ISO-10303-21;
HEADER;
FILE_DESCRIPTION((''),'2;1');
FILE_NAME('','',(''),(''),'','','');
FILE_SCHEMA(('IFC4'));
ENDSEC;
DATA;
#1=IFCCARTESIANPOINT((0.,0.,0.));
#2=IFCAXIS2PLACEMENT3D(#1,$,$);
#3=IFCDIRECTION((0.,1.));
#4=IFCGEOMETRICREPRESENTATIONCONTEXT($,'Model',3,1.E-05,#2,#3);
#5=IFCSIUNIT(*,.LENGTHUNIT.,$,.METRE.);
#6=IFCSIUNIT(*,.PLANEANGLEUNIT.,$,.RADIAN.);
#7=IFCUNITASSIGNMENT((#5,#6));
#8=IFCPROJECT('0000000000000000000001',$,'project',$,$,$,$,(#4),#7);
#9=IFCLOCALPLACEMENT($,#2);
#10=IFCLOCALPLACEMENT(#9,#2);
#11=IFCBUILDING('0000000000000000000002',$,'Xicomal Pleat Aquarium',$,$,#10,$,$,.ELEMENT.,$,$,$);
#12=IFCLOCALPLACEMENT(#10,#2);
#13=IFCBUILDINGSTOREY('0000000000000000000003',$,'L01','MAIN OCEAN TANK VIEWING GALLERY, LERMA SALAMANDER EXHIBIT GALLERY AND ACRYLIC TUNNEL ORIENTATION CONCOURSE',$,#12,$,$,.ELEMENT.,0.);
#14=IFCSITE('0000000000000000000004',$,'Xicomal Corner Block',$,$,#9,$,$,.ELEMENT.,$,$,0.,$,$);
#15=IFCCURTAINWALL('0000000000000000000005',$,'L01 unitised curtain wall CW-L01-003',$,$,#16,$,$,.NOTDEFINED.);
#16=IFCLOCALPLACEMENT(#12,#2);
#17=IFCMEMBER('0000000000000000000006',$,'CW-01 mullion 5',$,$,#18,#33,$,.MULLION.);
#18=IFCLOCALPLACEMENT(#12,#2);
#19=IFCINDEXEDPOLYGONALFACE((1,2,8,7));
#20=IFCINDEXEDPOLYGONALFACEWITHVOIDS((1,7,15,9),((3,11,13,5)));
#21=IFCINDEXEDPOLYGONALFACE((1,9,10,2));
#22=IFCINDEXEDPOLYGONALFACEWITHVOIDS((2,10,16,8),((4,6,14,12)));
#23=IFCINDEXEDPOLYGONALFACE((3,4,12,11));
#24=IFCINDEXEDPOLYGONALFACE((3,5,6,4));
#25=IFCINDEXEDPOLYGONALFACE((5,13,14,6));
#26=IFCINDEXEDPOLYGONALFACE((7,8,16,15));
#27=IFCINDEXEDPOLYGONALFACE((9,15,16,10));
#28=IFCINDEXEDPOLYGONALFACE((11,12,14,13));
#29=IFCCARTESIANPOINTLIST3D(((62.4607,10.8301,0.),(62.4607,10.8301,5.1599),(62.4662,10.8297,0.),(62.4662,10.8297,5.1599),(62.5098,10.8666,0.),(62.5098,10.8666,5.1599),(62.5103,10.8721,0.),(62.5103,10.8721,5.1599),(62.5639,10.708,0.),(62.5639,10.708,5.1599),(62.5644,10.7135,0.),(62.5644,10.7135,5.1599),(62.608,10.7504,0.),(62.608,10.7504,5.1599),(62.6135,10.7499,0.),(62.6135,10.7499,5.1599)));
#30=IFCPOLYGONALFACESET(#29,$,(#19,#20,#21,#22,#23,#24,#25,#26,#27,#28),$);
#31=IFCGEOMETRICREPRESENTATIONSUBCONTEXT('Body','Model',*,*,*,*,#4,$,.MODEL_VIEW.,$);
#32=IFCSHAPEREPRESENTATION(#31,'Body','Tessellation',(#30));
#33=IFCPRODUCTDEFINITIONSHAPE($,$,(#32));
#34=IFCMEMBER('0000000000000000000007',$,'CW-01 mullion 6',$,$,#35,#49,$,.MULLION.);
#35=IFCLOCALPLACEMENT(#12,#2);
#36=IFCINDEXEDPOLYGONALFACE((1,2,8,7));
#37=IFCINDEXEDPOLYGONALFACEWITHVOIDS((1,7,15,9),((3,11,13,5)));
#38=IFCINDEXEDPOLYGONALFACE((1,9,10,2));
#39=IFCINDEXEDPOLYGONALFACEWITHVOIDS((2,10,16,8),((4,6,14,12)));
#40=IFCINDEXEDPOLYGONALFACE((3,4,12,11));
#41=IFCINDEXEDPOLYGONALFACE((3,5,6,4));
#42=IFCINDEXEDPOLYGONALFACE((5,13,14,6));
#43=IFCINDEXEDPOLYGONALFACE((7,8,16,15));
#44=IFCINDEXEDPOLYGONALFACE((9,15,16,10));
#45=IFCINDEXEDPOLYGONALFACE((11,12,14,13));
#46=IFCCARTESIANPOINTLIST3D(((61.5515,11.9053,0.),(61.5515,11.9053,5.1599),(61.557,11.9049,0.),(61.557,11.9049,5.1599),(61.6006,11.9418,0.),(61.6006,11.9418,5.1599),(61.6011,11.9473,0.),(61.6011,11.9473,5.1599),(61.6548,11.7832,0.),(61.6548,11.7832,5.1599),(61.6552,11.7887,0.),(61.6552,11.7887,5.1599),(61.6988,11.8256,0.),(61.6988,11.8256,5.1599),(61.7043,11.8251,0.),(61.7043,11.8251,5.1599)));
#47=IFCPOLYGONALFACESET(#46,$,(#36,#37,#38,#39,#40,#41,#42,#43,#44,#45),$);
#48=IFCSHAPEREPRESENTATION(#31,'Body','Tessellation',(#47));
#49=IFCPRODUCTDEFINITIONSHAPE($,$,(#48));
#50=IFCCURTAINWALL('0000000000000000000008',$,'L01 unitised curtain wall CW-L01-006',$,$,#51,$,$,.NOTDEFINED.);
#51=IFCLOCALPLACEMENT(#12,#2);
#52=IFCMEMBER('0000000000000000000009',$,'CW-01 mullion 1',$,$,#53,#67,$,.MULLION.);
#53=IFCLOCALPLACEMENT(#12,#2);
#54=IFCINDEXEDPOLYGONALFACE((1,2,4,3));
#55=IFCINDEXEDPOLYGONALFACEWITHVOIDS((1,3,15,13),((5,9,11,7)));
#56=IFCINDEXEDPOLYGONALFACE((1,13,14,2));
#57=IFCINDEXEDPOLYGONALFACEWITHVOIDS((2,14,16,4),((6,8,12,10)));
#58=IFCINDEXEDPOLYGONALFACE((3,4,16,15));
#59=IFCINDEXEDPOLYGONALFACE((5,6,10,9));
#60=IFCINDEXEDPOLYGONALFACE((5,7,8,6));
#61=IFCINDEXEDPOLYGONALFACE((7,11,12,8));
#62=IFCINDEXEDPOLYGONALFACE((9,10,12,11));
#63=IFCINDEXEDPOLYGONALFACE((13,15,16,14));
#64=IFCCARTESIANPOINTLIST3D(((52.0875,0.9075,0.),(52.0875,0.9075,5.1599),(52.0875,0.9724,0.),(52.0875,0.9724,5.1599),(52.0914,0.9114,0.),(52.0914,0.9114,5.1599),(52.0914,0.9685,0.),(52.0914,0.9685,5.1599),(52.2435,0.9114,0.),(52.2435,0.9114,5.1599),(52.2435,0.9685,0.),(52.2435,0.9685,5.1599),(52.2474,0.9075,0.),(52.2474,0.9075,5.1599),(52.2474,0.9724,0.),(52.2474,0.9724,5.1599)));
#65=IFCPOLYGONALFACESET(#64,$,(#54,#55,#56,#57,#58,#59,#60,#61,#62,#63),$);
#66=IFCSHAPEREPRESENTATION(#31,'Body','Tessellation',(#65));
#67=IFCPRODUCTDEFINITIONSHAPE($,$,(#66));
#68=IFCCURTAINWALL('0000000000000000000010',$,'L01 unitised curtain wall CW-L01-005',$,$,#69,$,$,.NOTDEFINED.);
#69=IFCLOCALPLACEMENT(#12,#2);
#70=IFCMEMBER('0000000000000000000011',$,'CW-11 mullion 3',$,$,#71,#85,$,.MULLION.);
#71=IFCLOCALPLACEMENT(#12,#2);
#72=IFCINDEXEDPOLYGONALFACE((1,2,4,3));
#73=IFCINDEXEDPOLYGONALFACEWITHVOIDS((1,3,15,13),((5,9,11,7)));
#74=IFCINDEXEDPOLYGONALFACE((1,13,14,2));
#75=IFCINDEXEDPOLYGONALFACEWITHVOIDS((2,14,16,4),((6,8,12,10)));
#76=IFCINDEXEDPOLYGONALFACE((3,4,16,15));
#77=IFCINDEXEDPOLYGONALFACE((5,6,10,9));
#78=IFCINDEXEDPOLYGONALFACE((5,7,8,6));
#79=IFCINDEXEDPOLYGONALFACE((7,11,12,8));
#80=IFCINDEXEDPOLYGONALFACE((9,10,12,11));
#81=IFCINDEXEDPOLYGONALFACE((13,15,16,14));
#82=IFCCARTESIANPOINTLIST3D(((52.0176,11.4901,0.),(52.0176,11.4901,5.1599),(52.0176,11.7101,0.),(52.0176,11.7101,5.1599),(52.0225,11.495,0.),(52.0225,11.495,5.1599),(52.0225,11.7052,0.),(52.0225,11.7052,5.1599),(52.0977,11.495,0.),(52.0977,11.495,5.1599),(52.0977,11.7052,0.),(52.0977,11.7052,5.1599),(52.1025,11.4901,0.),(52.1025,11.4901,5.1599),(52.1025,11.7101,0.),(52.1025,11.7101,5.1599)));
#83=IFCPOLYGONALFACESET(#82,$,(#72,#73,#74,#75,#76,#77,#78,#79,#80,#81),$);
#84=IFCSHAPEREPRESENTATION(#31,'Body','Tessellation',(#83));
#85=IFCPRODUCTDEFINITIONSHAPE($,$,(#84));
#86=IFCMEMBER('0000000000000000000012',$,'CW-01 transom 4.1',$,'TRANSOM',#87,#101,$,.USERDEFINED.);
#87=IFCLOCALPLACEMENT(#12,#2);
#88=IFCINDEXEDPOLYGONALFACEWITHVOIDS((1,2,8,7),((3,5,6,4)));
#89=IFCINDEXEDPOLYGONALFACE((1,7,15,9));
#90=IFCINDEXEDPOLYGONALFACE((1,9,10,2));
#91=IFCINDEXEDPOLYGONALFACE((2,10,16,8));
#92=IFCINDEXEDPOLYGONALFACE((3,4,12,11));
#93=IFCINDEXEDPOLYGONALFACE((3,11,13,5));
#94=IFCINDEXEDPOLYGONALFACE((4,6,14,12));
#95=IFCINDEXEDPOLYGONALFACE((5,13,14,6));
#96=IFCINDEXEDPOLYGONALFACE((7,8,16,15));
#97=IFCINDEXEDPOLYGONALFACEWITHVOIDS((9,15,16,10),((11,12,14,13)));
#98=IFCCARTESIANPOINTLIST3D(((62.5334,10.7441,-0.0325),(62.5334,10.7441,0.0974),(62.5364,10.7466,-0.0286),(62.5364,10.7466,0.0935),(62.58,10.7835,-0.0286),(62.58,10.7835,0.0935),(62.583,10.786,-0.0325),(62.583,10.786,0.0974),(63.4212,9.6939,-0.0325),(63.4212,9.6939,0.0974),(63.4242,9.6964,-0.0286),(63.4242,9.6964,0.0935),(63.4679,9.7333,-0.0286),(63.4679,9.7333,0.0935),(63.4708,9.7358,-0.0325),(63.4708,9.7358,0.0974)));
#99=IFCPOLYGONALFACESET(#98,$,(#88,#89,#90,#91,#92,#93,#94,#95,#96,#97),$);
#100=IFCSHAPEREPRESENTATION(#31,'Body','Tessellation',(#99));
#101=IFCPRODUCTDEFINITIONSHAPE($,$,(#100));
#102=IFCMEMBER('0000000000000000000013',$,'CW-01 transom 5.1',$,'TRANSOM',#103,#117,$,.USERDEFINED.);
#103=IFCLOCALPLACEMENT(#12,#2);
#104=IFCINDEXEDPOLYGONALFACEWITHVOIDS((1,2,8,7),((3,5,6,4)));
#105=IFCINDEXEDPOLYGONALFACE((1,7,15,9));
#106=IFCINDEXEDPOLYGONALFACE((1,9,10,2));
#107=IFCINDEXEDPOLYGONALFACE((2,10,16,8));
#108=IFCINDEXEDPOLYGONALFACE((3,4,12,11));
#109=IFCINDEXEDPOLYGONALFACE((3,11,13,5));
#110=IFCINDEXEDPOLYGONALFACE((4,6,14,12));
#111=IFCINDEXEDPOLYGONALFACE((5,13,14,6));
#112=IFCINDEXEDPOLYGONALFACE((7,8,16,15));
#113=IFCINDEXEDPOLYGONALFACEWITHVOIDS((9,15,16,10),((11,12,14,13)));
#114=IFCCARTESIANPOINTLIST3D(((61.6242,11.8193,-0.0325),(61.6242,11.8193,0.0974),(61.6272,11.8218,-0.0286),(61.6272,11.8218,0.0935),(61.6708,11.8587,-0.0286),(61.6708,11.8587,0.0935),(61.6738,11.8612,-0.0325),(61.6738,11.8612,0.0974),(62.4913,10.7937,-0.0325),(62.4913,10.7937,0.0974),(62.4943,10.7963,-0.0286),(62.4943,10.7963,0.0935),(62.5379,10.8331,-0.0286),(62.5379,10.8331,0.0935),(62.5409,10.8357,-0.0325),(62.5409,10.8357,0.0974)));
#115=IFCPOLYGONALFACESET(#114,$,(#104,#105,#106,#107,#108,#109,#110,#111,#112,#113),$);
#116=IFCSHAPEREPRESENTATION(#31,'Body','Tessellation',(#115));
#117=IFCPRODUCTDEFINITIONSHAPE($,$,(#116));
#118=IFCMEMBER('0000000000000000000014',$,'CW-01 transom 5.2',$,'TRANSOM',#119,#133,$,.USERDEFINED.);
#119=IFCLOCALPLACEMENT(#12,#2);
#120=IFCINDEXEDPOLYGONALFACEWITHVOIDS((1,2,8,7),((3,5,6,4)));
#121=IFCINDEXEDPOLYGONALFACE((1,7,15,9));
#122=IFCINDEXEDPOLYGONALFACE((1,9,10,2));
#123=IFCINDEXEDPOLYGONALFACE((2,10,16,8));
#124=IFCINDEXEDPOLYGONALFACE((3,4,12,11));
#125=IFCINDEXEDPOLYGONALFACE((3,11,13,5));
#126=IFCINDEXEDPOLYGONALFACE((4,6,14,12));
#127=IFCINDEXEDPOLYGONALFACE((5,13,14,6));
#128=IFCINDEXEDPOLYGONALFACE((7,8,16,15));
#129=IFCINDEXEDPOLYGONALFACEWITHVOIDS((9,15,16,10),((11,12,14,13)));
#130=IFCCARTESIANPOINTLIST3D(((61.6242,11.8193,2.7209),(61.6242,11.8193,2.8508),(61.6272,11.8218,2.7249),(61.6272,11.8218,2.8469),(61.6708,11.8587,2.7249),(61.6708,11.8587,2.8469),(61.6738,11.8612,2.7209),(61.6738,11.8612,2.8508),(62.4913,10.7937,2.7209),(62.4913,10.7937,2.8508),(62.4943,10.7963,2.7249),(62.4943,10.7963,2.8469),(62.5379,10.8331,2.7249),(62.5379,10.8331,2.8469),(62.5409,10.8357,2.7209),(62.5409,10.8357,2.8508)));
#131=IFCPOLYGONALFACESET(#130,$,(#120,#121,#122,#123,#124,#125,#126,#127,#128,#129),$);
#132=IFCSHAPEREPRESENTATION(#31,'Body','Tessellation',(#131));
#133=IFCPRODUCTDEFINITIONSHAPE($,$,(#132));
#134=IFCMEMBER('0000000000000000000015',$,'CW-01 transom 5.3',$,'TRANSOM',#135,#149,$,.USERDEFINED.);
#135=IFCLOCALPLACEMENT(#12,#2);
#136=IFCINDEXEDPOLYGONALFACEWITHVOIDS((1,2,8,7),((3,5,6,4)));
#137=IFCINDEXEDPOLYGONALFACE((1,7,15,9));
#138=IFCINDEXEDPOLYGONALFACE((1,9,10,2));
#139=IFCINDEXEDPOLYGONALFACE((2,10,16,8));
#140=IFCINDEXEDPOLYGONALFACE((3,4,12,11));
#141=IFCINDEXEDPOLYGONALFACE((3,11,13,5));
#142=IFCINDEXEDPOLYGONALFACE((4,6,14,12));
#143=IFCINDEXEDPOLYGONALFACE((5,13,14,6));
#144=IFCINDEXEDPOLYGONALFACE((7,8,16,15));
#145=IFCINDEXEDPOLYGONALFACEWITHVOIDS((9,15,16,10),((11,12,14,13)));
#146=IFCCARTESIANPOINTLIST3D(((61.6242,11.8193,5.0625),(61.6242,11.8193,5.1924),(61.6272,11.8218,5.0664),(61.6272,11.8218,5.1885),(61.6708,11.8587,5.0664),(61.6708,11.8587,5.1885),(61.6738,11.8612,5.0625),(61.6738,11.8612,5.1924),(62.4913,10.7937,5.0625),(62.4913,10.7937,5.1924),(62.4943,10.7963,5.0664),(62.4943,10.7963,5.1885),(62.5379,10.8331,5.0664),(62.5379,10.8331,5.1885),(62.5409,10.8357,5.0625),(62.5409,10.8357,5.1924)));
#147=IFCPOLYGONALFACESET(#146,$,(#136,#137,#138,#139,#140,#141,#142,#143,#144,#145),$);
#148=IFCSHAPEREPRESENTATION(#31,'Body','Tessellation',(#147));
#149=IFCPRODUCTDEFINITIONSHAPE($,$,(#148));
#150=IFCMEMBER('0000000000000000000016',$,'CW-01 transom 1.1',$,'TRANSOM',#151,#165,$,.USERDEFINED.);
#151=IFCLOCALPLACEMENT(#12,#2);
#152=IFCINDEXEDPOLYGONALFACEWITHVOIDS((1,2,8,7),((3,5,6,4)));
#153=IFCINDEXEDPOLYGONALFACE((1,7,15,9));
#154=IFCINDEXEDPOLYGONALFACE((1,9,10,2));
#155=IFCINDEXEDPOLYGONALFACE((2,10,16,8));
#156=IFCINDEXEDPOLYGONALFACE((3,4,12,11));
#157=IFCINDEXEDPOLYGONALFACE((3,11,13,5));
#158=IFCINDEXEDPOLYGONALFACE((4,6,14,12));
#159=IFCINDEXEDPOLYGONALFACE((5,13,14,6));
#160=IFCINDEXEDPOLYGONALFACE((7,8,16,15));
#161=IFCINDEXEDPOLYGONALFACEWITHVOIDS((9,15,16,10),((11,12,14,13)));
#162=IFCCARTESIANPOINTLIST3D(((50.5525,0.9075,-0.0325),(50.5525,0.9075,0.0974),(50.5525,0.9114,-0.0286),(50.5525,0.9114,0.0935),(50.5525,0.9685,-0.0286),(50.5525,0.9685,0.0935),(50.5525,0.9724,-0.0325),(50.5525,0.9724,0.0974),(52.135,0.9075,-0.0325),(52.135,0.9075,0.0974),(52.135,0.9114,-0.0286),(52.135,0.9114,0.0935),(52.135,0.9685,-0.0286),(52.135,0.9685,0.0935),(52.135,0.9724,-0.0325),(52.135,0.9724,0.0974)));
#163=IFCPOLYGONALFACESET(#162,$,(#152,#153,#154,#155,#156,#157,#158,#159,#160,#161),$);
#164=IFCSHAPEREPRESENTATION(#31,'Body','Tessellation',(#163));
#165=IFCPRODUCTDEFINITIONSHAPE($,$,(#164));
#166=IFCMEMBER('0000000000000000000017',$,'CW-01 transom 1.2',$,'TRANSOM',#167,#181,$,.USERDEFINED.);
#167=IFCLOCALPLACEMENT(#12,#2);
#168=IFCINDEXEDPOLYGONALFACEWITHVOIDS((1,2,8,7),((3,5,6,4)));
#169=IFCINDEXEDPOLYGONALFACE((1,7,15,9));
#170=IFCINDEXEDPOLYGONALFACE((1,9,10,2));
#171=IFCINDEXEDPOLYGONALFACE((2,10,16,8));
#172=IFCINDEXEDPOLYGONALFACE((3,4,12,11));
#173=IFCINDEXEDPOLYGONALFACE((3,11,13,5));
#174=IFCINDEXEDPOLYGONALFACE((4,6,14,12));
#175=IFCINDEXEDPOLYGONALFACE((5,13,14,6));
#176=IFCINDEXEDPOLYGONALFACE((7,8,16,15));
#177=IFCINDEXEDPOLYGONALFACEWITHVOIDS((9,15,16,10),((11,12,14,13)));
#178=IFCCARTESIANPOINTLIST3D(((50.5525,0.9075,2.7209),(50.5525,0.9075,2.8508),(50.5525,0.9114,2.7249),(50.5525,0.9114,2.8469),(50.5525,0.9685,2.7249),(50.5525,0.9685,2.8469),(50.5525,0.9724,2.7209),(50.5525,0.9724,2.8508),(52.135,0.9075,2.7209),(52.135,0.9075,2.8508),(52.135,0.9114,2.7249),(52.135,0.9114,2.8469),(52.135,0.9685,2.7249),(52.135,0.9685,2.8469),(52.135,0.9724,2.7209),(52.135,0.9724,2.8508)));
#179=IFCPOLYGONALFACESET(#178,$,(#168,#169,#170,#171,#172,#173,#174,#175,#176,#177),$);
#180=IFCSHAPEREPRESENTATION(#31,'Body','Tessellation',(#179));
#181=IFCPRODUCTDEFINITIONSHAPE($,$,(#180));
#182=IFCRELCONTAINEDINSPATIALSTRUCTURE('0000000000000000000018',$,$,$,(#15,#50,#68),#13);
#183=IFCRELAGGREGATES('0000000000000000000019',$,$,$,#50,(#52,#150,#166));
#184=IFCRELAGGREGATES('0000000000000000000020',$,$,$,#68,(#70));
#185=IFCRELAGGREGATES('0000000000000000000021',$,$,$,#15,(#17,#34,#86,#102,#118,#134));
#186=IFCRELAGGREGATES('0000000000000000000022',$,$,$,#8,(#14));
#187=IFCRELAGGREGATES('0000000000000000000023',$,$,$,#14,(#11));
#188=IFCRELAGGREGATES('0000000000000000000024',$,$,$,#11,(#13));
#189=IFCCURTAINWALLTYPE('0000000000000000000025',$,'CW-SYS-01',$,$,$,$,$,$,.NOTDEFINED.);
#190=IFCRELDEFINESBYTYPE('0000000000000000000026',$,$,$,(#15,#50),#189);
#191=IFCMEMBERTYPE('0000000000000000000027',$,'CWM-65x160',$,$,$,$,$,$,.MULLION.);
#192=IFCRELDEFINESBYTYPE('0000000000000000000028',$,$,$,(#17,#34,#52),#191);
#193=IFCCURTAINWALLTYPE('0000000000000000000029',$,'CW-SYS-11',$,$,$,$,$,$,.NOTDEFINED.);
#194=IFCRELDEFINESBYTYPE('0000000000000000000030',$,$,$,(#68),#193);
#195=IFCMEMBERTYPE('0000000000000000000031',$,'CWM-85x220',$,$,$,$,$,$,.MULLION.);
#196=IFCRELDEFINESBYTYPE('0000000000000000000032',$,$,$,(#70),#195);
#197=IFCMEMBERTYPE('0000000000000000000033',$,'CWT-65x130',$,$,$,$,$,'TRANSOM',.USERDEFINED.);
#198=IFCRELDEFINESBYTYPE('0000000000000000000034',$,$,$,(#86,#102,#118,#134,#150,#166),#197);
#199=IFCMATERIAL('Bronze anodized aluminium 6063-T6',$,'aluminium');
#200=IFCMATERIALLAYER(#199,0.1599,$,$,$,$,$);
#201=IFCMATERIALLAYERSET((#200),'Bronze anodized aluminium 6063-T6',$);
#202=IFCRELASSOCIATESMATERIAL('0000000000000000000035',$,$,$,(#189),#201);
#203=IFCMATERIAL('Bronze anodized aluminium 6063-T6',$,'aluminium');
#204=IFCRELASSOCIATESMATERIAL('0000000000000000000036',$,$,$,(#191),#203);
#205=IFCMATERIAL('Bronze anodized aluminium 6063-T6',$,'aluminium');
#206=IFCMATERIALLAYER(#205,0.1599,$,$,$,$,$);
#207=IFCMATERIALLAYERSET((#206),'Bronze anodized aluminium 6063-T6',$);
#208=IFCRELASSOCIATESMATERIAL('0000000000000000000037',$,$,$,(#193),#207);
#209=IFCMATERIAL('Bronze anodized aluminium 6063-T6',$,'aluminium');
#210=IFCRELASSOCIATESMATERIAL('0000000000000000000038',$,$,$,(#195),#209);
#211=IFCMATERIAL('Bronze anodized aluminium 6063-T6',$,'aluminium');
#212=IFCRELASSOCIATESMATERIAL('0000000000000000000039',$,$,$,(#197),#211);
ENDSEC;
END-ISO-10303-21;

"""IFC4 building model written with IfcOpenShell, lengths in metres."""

from ifc_helpers import new_model, si_unit, direction, frame, origin, origin_2d, place, context, subcontext, project, spatial, hollow_rectangle, extrude, material, layer, layer_set, material_profile, profile_set, type_object, element, aggregate, save


model = new_model("IFC4")

# Units and contexts
model_context = context("Model", 3, precision=1e-05, world=origin(), true_north=direction((0.0, 1.0)))
body_context = subcontext(model_context, "Body", "Model", "MODEL_VIEW")
ifc_project = project(units=[si_unit("LENGTHUNIT", "METRE"), si_unit("PLANEANGLEUNIT", "RADIAN")], contexts=[model_context])

# Site, building, storey
site_placement = place(None, origin())
site = spatial("IfcSite", under=ifc_project, at=site_placement, Name="Xicomal Corner Block", CompositionType="ELEMENT", RefElevation=0.0)
building_placement = place(site_placement, origin())
building = spatial("IfcBuilding", under=site, at=building_placement, Name="Xicomal Pleat Aquarium", CompositionType="ELEMENT")
storey_placement = place(building_placement, origin())
storey = spatial("IfcBuildingStorey", under=building, at=storey_placement, Name="L01", Description="MAIN OCEAN TANK VIEWING GALLERY, LERMA SALAMANDER EXHIBIT GALLERY AND ACRYLIC TUNNEL ORIENTATION CONCOURSE", CompositionType="ELEMENT", Elevation=0.0)

# Curtain wall, members
ifc_material_1 = material(Name="Bronze anodized aluminium 6063-T6", Category="aluminium")
ifc_layer_1 = layer(ifc_material_1, 0.1599)
ifc_layer_set_1 = layer_set([ifc_layer_1], Name="Bronze anodized aluminium 6063-T6")
curtain_wall_type_1 = type_object("IfcCurtainWallType", Name="CW-SYS-01", PredefinedType="NOTDEFINED", material=ifc_layer_set_1)
curtain_wall_1_placement = place(storey_placement, origin())
curtain_wall_1 = element("IfcCurtainWall", 1, at=curtain_wall_1_placement, inside=storey, type_object=curtain_wall_type_1, Name="L01 unitised curtain wall CW-L01-003", PredefinedType="NOTDEFINED")
ifc_material_2 = material(Name="Bronze anodized aluminium 6063-T6", Category="aluminium")
ifc_material_profile_1 = material_profile(ifc_material_2, hollow_rectangle(XDim=0.0649, YDim=0.1599, WallThickness=0.0039, at=origin_2d()), Name="ALU MULL 65x160")
ifc_profile_set_1 = profile_set([ifc_material_profile_1], Name="Bronze anodized aluminium 6063-T6")
member_type_1 = type_object("IfcMemberType", Name="CWM-65x160", PredefinedType="MULLION", material=ifc_profile_set_1)
member_1_placement = place(storey_placement, frame((62.5371, 10.79, 0.0), z_axis=(0.0, 0.0, 1.0), x_axis=(-0.76365, -0.645631, 0.0)))
member_1 = element("IfcMember", 2, at=member_1_placement, type_object=member_type_1, Name="CW-01 mullion 5", PredefinedType="MULLION", context=body_context, shape_type="SweptSolid", body=[
    extrude(hollow_rectangle(XDim=0.0649, YDim=0.1599, WallThickness=0.0039, at=origin_2d()), origin(), (0.0, 0.0, 1.0), 5.1599),
])
member_2_placement = place(storey_placement, frame((61.6279, 11.8652, 0.0), z_axis=(0.0, 0.0, 1.0), x_axis=(-0.76365, -0.645631, 0.0)))
member_2 = element("IfcMember", 3, at=member_2_placement, type_object=member_type_1, Name="CW-01 mullion 6", PredefinedType="MULLION", context=body_context, shape_type="SweptSolid", body=[
    extrude(hollow_rectangle(XDim=0.0649, YDim=0.1599, WallThickness=0.0039, at=origin_2d()), origin(), (0.0, 0.0, 1.0), 5.1599),
])

# Curtain walls, members
curtain_wall_2_placement = place(storey_placement, origin())
curtain_wall_2 = element("IfcCurtainWall", 4, at=curtain_wall_2_placement, inside=storey, type_object=curtain_wall_type_1, Name="L01 unitised curtain wall CW-L01-006", PredefinedType="NOTDEFINED")
member_3_placement = place(storey_placement, frame((52.1675, 0.9399, 0.0), z_axis=(0.0, 0.0, 1.0), x_axis=(0.0, -1.0, 0.0)))
member_3 = element("IfcMember", 5, at=member_3_placement, type_object=member_type_1, Name="CW-01 mullion 1", PredefinedType="MULLION", context=body_context, shape_type="SweptSolid", body=[
    extrude(hollow_rectangle(XDim=0.0649, YDim=0.1599, WallThickness=0.0039, at=origin_2d()), origin(), (0.0, 0.0, 1.0), 5.1599),
])
ifc_material_3 = material(Name="Bronze anodized aluminium 6063-T6", Category="aluminium")
ifc_layer_2 = layer(ifc_material_3, 0.1599)
ifc_layer_set_2 = layer_set([ifc_layer_2], Name="Bronze anodized aluminium 6063-T6")
curtain_wall_type_2 = type_object("IfcCurtainWallType", Name="CW-SYS-11", PredefinedType="NOTDEFINED", material=ifc_layer_set_2)
curtain_wall_3_placement = place(storey_placement, origin())
curtain_wall_3 = element("IfcCurtainWall", 6, at=curtain_wall_3_placement, inside=storey, type_object=curtain_wall_type_2, Name="L01 unitised curtain wall CW-L01-005", PredefinedType="NOTDEFINED")
ifc_material_4 = material(Name="Bronze anodized aluminium 6063-T6", Category="aluminium")
ifc_material_profile_2 = material_profile(ifc_material_4, hollow_rectangle(XDim=0.085, YDim=0.22, WallThickness=0.0049, at=origin_2d()), Name="ALU MULL 85x220")
ifc_profile_set_2 = profile_set([ifc_material_profile_2], Name="Bronze anodized aluminium 6063-T6")
member_type_2 = type_object("IfcMemberType", Name="CWM-85x220", PredefinedType="MULLION", material=ifc_profile_set_2)
member_4_placement = place(storey_placement, frame((52.0601, 11.6001, 0.0), z_axis=(0.0, 0.0, 1.0), x_axis=(1.0, 0.0, 0.0)))
member_4 = element("IfcMember", 7, at=member_4_placement, type_object=member_type_2, Name="CW-11 mullion 3", PredefinedType="MULLION", context=body_context, shape_type="SweptSolid", body=[
    extrude(hollow_rectangle(XDim=0.085, YDim=0.22, WallThickness=0.0049, at=origin_2d()), origin(), (0.0, 0.0, 1.0), 5.1599),
])

# Members
ifc_material_5 = material(Name="Bronze anodized aluminium 6063-T6", Category="aluminium")
ifc_material_profile_3 = material_profile(ifc_material_5, hollow_rectangle(XDim=0.0649, YDim=0.1299, WallThickness=0.0039, at=origin_2d()), Name="ALU TRAN 65x130")
ifc_profile_set_3 = profile_set([ifc_material_profile_3], Name="Bronze anodized aluminium 6063-T6")
member_type_3 = type_object("IfcMemberType", Name="CWT-65x130", ElementType="TRANSOM", PredefinedType="USERDEFINED", material=ifc_profile_set_3)
member_5_placement = place(storey_placement, frame((63.446, 9.7148, 0.0325), z_axis=(-0.645616, 0.763662, 0.0), x_axis=(-0.763662, -0.645616, 0.0)))
member_5 = element("IfcMember", 8, at=member_5_placement, type_object=member_type_3, Name="CW-01 transom 4.1", ObjectType="TRANSOM", PredefinedType="USERDEFINED", context=body_context, shape_type="SweptSolid", body=[
    extrude(hollow_rectangle(XDim=0.0649, YDim=0.1299, WallThickness=0.0039, at=origin_2d()), origin(), (0.0, 0.0, 1.0), 1.3752),
])
member_6_placement = place(storey_placement, frame((62.5161, 10.8147, 0.0325), z_axis=(-0.645657, 0.763628, 0.0), x_axis=(-0.763628, -0.645657, 0.0)))
member_6 = element("IfcMember", 9, at=member_6_placement, type_object=member_type_3, Name="CW-01 transom 5.1", ObjectType="TRANSOM", PredefinedType="USERDEFINED", context=body_context, shape_type="SweptSolid", body=[
    extrude(hollow_rectangle(XDim=0.0649, YDim=0.1299, WallThickness=0.0039, at=origin_2d()), origin(), (0.0, 0.0, 1.0), 1.343),
])
member_7_placement = place(storey_placement, frame((62.5161, 10.8147, 2.7859), z_axis=(-0.645657, 0.763628, 0.0), x_axis=(-0.763628, -0.645657, 0.0)))
member_7 = element("IfcMember", 10, at=member_7_placement, type_object=member_type_3, Name="CW-01 transom 5.2", ObjectType="TRANSOM", PredefinedType="USERDEFINED", context=body_context, shape_type="SweptSolid", body=[
    extrude(hollow_rectangle(XDim=0.0649, YDim=0.1299, WallThickness=0.0039, at=origin_2d()), origin(), (0.0, 0.0, 1.0), 1.343),
])
member_8_placement = place(storey_placement, frame((62.5161, 10.8147, 5.1274), z_axis=(-0.645657, 0.763628, 0.0), x_axis=(-0.763628, -0.645657, 0.0)))
member_8 = element("IfcMember", 11, at=member_8_placement, type_object=member_type_3, Name="CW-01 transom 5.3", ObjectType="TRANSOM", PredefinedType="USERDEFINED", context=body_context, shape_type="SweptSolid", body=[
    extrude(hollow_rectangle(XDim=0.0649, YDim=0.1299, WallThickness=0.0039, at=origin_2d()), origin(), (0.0, 0.0, 1.0), 1.343),
])
member_9_placement = place(storey_placement, frame((52.135, 0.9399, 0.0325), z_axis=(-1.0, 0.0, 0.0), x_axis=(0.0, -1.0, 0.0)))
member_9 = element("IfcMember", 12, at=member_9_placement, type_object=member_type_3, Name="CW-01 transom 1.1", ObjectType="TRANSOM", PredefinedType="USERDEFINED", context=body_context, shape_type="SweptSolid", body=[
    extrude(hollow_rectangle(XDim=0.0649, YDim=0.1299, WallThickness=0.0039, at=origin_2d()), origin(), (0.0, 0.0, 1.0), 1.5825),
])
member_10_placement = place(storey_placement, frame((52.135, 0.9399, 2.7859), z_axis=(-1.0, 0.0, 0.0), x_axis=(0.0, -1.0, 0.0)))
member_10 = element("IfcMember", 13, at=member_10_placement, type_object=member_type_3, Name="CW-01 transom 1.2", ObjectType="TRANSOM", PredefinedType="USERDEFINED", context=body_context, shape_type="SweptSolid", body=[
    extrude(hollow_rectangle(XDim=0.0649, YDim=0.1299, WallThickness=0.0039, at=origin_2d()), origin(), (0.0, 0.0, 1.0), 1.5825),
])
aggregate(curtain_wall_2, [member_3, member_9, member_10])

aggregate(curtain_wall_3, [member_4])
aggregate(curtain_wall_1, [member_1, member_2, member_5, member_6, member_7, member_8])

save(model, "model.ifc")
